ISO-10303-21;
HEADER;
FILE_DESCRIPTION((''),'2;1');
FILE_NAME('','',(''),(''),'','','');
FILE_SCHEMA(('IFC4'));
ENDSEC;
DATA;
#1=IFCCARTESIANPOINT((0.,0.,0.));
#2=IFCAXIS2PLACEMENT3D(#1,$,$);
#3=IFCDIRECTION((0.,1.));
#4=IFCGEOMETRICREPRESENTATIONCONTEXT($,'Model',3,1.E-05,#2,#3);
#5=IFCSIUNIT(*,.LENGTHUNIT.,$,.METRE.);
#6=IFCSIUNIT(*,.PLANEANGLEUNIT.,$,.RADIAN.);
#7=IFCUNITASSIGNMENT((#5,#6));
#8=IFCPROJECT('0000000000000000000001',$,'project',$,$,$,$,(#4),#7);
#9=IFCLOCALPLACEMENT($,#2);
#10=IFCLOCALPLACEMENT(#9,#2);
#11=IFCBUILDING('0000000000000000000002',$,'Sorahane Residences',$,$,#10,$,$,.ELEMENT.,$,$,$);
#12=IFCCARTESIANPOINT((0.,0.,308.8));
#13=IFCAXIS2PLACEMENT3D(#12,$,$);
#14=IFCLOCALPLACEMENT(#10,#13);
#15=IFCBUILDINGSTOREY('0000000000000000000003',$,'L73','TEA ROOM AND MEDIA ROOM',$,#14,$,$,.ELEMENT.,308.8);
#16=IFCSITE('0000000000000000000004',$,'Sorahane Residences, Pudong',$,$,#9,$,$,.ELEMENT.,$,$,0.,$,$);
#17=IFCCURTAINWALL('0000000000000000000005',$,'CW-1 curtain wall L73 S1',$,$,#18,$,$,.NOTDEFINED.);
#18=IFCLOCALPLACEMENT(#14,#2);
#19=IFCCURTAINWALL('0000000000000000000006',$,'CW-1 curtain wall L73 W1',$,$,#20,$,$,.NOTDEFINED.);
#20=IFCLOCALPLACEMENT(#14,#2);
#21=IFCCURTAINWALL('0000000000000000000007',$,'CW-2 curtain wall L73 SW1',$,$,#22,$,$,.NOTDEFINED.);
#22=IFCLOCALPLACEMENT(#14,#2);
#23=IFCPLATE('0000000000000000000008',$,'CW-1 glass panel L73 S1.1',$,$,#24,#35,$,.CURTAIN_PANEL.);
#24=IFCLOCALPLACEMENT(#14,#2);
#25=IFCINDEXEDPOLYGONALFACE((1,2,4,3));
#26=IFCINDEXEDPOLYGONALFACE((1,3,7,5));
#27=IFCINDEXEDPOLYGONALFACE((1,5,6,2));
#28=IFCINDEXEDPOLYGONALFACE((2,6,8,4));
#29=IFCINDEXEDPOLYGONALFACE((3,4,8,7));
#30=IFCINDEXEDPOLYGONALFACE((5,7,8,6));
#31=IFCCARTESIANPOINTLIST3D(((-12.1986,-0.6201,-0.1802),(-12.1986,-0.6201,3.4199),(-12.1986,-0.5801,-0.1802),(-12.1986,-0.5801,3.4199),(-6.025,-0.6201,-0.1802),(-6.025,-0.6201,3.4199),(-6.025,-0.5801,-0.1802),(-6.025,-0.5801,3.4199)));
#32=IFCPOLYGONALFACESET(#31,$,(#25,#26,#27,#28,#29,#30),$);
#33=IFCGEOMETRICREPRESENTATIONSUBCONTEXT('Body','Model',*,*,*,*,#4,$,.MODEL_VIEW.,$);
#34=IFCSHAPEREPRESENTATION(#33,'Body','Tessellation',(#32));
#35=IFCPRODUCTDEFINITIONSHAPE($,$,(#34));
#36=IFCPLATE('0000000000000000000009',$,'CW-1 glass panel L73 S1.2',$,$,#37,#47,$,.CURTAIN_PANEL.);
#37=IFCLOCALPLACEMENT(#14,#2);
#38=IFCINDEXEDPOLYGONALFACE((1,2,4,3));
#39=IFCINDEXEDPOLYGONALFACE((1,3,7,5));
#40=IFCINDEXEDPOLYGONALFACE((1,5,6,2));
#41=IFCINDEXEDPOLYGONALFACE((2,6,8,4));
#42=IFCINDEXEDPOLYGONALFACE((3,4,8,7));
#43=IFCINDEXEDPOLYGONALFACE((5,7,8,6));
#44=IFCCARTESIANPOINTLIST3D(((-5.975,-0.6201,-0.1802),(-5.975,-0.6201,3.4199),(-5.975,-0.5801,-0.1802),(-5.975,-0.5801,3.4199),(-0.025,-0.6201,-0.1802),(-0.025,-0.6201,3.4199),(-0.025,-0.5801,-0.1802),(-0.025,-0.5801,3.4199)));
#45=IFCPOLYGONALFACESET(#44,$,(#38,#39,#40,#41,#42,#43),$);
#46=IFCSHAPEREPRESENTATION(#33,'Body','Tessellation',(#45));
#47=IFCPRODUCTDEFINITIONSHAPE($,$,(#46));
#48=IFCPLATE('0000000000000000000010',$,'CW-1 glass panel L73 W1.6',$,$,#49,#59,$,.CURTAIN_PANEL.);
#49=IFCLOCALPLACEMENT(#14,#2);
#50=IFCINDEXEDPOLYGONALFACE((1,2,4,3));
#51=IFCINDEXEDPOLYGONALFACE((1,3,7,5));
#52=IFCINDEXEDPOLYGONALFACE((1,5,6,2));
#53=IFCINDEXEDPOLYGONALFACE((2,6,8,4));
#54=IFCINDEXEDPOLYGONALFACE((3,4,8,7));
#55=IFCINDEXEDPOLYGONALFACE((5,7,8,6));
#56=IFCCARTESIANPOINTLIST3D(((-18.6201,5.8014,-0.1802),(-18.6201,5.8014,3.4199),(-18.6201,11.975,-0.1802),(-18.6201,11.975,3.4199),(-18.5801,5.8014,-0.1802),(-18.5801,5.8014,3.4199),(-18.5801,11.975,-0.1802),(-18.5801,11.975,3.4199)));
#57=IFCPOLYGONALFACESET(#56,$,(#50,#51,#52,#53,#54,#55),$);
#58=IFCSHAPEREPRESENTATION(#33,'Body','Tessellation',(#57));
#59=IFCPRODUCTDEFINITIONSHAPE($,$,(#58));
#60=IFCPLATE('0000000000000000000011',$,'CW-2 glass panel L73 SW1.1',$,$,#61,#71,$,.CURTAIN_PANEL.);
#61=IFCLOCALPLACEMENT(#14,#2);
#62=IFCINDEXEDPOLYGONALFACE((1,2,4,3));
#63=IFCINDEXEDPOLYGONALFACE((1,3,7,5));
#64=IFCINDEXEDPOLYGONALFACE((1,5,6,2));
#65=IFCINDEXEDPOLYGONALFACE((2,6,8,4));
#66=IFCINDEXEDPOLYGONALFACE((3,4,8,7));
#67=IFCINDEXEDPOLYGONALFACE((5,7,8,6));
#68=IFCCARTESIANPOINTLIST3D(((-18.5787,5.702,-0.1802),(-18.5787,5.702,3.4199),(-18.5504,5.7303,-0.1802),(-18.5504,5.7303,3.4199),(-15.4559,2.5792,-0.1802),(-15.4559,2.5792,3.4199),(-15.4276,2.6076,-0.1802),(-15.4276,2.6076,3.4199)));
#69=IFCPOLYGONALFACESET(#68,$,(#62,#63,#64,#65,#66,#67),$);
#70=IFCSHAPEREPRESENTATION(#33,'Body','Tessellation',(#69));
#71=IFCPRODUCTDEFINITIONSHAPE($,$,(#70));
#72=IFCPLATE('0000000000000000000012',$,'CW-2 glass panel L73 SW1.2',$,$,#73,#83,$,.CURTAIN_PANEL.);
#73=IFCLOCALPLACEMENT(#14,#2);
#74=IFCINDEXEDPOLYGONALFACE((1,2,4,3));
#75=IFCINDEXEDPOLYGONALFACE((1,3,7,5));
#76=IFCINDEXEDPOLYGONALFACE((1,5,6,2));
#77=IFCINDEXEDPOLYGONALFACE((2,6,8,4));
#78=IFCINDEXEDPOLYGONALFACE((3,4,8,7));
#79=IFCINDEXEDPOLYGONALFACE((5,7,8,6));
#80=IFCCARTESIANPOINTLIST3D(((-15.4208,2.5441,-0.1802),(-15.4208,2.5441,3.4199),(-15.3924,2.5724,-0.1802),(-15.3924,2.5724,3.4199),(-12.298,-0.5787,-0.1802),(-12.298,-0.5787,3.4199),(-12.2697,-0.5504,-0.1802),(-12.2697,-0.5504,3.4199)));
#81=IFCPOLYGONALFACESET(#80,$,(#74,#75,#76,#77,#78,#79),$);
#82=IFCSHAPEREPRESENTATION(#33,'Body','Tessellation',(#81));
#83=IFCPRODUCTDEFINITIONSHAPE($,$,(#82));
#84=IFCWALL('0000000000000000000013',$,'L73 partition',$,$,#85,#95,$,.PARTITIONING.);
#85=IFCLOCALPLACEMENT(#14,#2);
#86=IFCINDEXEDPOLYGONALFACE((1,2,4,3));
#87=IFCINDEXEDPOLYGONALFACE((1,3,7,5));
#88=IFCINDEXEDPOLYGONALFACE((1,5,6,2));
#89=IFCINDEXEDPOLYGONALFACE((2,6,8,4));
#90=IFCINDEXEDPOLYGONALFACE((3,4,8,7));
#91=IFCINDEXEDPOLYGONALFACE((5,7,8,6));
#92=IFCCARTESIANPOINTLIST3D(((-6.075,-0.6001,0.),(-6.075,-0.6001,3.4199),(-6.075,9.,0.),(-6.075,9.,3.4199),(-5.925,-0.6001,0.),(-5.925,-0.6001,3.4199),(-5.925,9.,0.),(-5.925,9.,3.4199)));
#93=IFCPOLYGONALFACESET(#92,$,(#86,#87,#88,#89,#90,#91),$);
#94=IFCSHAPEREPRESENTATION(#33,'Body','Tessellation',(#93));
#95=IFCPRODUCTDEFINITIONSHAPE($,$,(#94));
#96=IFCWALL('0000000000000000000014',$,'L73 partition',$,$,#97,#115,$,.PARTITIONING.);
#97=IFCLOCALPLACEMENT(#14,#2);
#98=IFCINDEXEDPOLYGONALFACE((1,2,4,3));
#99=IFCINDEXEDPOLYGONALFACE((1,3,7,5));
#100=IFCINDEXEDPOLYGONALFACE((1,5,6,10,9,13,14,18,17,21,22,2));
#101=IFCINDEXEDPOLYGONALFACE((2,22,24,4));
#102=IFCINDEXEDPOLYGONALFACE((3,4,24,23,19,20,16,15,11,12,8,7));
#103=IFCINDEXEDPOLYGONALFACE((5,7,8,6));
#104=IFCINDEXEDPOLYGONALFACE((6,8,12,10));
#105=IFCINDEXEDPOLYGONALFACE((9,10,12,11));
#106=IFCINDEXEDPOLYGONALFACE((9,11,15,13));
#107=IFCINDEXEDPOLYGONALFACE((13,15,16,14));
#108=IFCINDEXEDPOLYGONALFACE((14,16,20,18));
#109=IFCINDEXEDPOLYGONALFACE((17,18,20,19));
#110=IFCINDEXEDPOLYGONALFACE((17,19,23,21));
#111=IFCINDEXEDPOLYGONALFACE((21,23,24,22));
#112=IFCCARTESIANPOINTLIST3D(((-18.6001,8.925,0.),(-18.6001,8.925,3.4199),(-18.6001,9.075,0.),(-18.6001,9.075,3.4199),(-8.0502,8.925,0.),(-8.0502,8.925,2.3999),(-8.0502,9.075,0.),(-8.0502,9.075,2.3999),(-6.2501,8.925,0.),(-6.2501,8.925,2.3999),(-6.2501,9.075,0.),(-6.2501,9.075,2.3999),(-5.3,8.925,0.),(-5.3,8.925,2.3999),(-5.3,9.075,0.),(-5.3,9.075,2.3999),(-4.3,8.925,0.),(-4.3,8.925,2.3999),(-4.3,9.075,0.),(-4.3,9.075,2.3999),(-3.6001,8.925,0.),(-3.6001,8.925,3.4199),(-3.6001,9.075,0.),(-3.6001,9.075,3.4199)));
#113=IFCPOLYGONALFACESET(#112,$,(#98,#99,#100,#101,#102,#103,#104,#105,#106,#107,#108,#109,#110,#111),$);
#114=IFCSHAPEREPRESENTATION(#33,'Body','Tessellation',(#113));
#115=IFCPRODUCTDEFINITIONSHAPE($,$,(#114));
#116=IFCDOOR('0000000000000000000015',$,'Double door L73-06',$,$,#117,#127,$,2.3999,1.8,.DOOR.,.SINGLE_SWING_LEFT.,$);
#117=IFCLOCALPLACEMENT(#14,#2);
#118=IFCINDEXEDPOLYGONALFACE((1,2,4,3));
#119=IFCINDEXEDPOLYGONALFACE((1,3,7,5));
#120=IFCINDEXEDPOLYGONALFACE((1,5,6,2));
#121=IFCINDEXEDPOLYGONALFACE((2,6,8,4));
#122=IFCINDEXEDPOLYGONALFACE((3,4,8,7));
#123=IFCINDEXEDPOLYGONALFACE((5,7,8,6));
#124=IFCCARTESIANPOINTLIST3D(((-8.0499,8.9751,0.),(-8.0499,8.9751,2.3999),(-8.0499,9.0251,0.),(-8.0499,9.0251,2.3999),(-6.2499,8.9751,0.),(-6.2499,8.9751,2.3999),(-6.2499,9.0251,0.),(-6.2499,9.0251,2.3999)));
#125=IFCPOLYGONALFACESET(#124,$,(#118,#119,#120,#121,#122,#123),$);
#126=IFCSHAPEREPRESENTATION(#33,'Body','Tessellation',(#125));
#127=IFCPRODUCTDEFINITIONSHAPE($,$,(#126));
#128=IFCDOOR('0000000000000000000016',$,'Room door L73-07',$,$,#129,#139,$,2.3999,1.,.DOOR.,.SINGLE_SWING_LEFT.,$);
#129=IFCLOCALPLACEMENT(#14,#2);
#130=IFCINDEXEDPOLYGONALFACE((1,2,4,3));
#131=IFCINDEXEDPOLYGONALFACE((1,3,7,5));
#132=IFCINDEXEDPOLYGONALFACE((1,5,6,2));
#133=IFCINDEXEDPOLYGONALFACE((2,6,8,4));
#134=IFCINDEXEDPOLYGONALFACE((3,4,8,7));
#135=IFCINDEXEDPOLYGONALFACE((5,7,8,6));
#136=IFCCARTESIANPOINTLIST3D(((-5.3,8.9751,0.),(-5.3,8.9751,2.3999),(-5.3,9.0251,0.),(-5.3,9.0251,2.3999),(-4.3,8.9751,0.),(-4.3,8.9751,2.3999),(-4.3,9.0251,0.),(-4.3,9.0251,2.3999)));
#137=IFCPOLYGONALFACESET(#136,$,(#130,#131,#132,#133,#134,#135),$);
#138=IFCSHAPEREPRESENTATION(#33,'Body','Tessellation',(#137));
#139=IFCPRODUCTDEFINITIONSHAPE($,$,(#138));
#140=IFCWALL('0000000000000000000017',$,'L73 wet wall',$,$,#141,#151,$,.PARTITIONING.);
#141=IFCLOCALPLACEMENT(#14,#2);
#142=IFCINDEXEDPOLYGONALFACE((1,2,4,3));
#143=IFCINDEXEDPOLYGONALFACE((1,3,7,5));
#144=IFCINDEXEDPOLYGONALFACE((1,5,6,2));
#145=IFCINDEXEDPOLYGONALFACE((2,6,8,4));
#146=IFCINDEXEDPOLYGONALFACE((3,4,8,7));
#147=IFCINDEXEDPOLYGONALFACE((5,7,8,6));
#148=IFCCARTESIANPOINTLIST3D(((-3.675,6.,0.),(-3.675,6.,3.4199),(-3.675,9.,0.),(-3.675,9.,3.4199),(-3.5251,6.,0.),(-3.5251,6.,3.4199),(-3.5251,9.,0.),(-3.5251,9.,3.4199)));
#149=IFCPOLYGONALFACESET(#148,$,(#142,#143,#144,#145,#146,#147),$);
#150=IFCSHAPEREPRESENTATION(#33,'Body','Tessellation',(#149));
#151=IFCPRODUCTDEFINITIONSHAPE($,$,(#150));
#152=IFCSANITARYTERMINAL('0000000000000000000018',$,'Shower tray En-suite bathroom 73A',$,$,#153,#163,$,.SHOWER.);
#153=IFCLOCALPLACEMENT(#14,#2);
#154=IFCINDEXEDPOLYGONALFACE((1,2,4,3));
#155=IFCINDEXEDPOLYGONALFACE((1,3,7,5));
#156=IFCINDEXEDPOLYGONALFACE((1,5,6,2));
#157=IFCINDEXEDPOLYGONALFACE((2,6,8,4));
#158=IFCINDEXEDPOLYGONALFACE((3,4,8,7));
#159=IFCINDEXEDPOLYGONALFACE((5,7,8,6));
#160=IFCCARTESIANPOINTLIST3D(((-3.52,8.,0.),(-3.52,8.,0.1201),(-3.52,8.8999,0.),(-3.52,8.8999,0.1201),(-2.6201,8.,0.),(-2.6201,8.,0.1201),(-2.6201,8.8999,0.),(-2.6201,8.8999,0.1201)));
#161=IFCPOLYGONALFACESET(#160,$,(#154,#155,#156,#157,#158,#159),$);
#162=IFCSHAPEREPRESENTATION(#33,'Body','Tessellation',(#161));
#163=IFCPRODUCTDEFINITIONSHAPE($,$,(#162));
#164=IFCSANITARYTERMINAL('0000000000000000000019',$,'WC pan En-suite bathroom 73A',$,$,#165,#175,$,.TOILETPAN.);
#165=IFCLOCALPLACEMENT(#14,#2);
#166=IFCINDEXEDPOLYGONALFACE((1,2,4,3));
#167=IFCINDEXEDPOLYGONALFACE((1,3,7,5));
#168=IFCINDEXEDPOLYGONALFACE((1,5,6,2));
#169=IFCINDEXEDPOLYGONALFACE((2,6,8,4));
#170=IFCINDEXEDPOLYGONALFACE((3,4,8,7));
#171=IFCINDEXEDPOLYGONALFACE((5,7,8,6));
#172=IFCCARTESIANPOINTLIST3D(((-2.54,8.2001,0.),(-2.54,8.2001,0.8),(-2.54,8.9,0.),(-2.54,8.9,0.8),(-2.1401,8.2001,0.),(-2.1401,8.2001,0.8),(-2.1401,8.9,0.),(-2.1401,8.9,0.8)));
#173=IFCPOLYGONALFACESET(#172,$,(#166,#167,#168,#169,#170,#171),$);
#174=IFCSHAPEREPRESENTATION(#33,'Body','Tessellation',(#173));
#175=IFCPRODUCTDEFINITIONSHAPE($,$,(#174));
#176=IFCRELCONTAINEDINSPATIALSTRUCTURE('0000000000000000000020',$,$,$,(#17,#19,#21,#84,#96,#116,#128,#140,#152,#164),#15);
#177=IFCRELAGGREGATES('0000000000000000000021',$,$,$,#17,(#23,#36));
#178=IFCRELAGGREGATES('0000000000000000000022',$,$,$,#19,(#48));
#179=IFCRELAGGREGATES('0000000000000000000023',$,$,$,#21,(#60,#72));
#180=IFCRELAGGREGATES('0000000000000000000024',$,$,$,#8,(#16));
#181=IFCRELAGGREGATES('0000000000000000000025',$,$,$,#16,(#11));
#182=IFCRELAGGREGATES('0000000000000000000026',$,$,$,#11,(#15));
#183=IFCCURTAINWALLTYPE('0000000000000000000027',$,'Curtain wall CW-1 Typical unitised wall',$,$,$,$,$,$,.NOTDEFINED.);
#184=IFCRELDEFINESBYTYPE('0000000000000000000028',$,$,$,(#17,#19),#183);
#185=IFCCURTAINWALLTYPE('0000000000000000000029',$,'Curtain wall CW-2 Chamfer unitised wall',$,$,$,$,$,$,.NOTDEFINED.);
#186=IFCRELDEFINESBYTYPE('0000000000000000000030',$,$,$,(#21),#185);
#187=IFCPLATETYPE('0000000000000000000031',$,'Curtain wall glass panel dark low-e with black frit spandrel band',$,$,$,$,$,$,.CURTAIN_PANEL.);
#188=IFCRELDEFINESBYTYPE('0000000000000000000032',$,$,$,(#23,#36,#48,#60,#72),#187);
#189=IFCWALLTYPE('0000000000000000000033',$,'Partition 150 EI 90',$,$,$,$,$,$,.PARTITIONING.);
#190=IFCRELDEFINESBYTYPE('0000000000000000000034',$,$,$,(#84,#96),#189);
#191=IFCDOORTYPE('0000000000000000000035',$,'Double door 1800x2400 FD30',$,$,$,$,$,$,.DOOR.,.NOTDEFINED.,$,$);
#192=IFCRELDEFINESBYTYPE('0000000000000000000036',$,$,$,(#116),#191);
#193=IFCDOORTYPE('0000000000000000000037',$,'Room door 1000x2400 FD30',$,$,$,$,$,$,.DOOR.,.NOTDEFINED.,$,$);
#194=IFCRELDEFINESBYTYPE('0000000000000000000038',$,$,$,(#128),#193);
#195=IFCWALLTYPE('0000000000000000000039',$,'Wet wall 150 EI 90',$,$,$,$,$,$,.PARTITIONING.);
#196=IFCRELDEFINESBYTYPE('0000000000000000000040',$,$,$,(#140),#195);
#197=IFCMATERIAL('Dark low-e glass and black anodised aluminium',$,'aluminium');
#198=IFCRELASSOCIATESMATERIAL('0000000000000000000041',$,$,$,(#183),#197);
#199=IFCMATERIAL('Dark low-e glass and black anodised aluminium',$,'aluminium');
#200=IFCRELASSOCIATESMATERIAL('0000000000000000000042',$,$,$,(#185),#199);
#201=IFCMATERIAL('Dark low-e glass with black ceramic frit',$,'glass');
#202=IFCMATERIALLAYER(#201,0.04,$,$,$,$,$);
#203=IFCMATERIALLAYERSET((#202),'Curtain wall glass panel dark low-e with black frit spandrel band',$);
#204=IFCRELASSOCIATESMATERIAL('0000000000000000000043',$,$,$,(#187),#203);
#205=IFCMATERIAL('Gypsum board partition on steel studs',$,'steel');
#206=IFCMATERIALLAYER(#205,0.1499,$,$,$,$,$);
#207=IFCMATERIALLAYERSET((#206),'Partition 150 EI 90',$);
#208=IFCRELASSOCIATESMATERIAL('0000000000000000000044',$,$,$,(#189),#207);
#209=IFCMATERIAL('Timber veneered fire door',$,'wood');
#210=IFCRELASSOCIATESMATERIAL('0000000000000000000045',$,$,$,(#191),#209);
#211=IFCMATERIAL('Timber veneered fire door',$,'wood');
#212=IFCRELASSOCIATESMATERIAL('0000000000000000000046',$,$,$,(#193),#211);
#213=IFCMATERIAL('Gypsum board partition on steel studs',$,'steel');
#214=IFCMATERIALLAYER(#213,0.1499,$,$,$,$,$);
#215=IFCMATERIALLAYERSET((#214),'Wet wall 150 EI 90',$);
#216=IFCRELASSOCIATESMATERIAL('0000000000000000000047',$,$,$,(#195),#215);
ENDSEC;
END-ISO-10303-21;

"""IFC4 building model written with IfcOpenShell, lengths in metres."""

from ifc_helpers import new_model, si_unit, direction, frame, frame_2d, origin, origin_2d, place, context, subcontext, project, spatial, rectangle, extrude, material, layer, layer_set, type_object, element, fill, aggregate, save


model = new_model("IFC4")

# Units and contexts
model_context = context("Model", 3, precision=1e-05, world=origin(), true_north=direction((0.0, 1.0)))
body_context = subcontext(model_context, "Body", "Model", "MODEL_VIEW")
ifc_project = project(units=[si_unit("LENGTHUNIT", "METRE"), si_unit("PLANEANGLEUNIT", "RADIAN")], contexts=[model_context])

# Site, building, storey
site_placement = place(None, origin())
site = spatial("IfcSite", under=ifc_project, at=site_placement, Name="Sorahane Residences, Pudong", CompositionType="ELEMENT", RefElevation=0.0)
building_placement = place(site_placement, origin())
building = spatial("IfcBuilding", under=site, at=building_placement, Name="Sorahane Residences", CompositionType="ELEMENT")
storey_placement = place(building_placement, frame((0.0, 0.0, 308.8)))
storey = spatial("IfcBuildingStorey", under=building, at=storey_placement, Name="L73", Description="TEA ROOM AND MEDIA ROOM", CompositionType="ELEMENT", Elevation=308.8)

# Curtain walls
ifc_material_1 = material(Name="Dark low-e glass and black anodised aluminium", Category="aluminium")
curtain_wall_type_1 = type_object("IfcCurtainWallType", Name="Curtain wall CW-1 Typical unitised wall", PredefinedType="NOTDEFINED", material=ifc_material_1)
curtain_wall_1_placement = place(storey_placement, origin())
curtain_wall_1 = element("IfcCurtainWall", 1, at=curtain_wall_1_placement, inside=storey, type_object=curtain_wall_type_1, Name="CW-1 curtain wall L73 S1", PredefinedType="NOTDEFINED")
curtain_wall_2_placement = place(storey_placement, origin())
curtain_wall_2 = element("IfcCurtainWall", 2, at=curtain_wall_2_placement, inside=storey, type_object=curtain_wall_type_1, Name="CW-1 curtain wall L73 W1", PredefinedType="NOTDEFINED")

# Curtain wall
ifc_material_2 = material(Name="Dark low-e glass and black anodised aluminium", Category="aluminium")
curtain_wall_type_2 = type_object("IfcCurtainWallType", Name="Curtain wall CW-2 Chamfer unitised wall", PredefinedType="NOTDEFINED", material=ifc_material_2)
curtain_wall_3_placement = place(storey_placement, origin())
curtain_wall_3 = element("IfcCurtainWall", 3, at=curtain_wall_3_placement, inside=storey, type_object=curtain_wall_type_2, Name="CW-2 curtain wall L73 SW1", PredefinedType="NOTDEFINED")

# Plates
ifc_material_3 = material(Name="Dark low-e glass with black ceramic frit", Category="glass")
ifc_layer_1 = layer(ifc_material_3, 0.04)
ifc_layer_set_1 = layer_set([ifc_layer_1], Name="Curtain wall glass panel dark low-e with black frit spandrel band")
plate_type = type_object("IfcPlateType", Name="Curtain wall glass panel dark low-e with black frit spandrel band", PredefinedType="CURTAIN_PANEL", material=ifc_layer_set_1)
plate_1_placement = place(storey_placement, frame((-9.1118, -0.6001, -0.1802), z_axis=(0.0, 0.0, 1.0), x_axis=(1.0, 0.0, 0.0)))
plate_1 = element("IfcPlate", 4, at=plate_1_placement, type_object=plate_type, Name="CW-1 glass panel L73 S1.1", PredefinedType="CURTAIN_PANEL", context=body_context, shape_type="SweptSolid", body=[
    extrude(rectangle(XDim=6.1736, YDim=0.04, at=origin_2d()), origin(), (0.0, 0.0, 1.0), 3.6001),
])
plate_2_placement = place(storey_placement, frame((-3.0, -0.6001, -0.1802), z_axis=(0.0, 0.0, 1.0), x_axis=(1.0, 0.0, 0.0)))
plate_2 = element("IfcPlate", 5, at=plate_2_placement, type_object=plate_type, Name="CW-1 glass panel L73 S1.2", PredefinedType="CURTAIN_PANEL", context=body_context, shape_type="SweptSolid", body=[
    extrude(rectangle(XDim=5.95, YDim=0.04, at=origin_2d()), origin(), (0.0, 0.0, 1.0), 3.6001),
])
aggregate(curtain_wall_1, [plate_1, plate_2])
plate_3_placement = place(storey_placement, frame((-18.6001, 8.8882, -0.1802), z_axis=(0.0, 0.0, 1.0), x_axis=(0.0, -1.0, 0.0)))
plate_3 = element("IfcPlate", 6, at=plate_3_placement, type_object=plate_type, Name="CW-1 glass panel L73 W1.6", PredefinedType="CURTAIN_PANEL", context=body_context, shape_type="SweptSolid", body=[
    extrude(rectangle(XDim=6.1736, YDim=0.04, at=origin_2d()), origin(), (0.0, 0.0, 1.0), 3.6001),
])
aggregate(curtain_wall_2, [plate_3])
plate_4_placement = place(storey_placement, frame((-17.0032, 4.1548, -0.1802), z_axis=(0.0, 0.0, 1.0), x_axis=(0.707107, -0.707107, 0.0)))
plate_4 = element("IfcPlate", 7, at=plate_4_placement, type_object=plate_type, Name="CW-2 glass panel L73 SW1.1", PredefinedType="CURTAIN_PANEL", context=body_context, shape_type="SweptSolid", body=[
    extrude(rectangle(XDim=4.4163, YDim=0.04, at=origin_2d()), origin(), (0.0, 0.0, 1.0), 3.6001),
])
plate_5_placement = place(storey_placement, frame((-13.8452, 0.9968, -0.1802), z_axis=(0.0, 0.0, 1.0), x_axis=(0.707107, -0.707107, 0.0)))
plate_5 = element("IfcPlate", 8, at=plate_5_placement, type_object=plate_type, Name="CW-2 glass panel L73 SW1.2", PredefinedType="CURTAIN_PANEL", context=body_context, shape_type="SweptSolid", body=[
    extrude(rectangle(XDim=4.4163, YDim=0.04, at=origin_2d()), origin(), (0.0, 0.0, 1.0), 3.6001),
])
aggregate(curtain_wall_3, [plate_4, plate_5])

# Wall
ifc_material_4 = material(Name="Gypsum board partition on steel studs", Category="steel")
ifc_layer_2 = layer(ifc_material_4, 0.1499)
ifc_layer_set_2 = layer_set([ifc_layer_2], Name="Partition 150 EI 90")
wall_type_1 = type_object("IfcWallType", Name="Partition 150 EI 90", PredefinedType="PARTITIONING", material=ifc_layer_set_2)
wall_1_placement = place(storey_placement, frame((-6.0, -0.6001, 0.0), z_axis=(0.0, 0.0, 1.0), x_axis=(0.0, 1.0, 0.0)))
element("IfcWall", 9, at=wall_1_placement, inside=storey, type_object=wall_type_1, Name="L73 partition", PredefinedType="PARTITIONING", context=body_context, shape_type="SweptSolid", body=[
    extrude(rectangle(XDim=9.6001, YDim=0.1499, at=frame_2d((4.8, 0.0))), origin(), (0.0, 0.0, 1.0), 3.4199),
])

# Wall, openings, doors
ifc_material_5 = material(Name="Timber veneered fire door", Category="wood")
door_type_1 = type_object("IfcDoorType", Name="Double door 1800x2400 FD30", OperationType="NOTDEFINED", PredefinedType="DOOR", material=ifc_material_5)
ifc_material_6 = material(Name="Timber veneered fire door", Category="wood")
door_type_2 = type_object("IfcDoorType", Name="Room door 1000x2400 FD30", OperationType="NOTDEFINED", PredefinedType="DOOR", material=ifc_material_6)
wall_2_placement = place(storey_placement, frame((-18.6001, 9.0, 0.0), z_axis=(0.0, 0.0, 1.0), x_axis=(1.0, 0.0, 0.0)))
wall_2 = element("IfcWall", 10, at=wall_2_placement, inside=storey, type_object=wall_type_1, Name="L73 partition", PredefinedType="PARTITIONING", context=body_context, shape_type="SweptSolid", body=[
    extrude(rectangle(XDim=15.0, YDim=0.1499, at=frame_2d((7.5, 0.0))), origin(), (0.0, 0.0, 1.0), 3.4199),
])
opening_1_placement = place(wall_2_placement, frame((10.55, 0.0, 0.0)))
opening_1 = element("IfcOpeningElement", 11, at=opening_1_placement, cuts=wall_2, PredefinedType="OPENING", context=body_context, shape_type="SweptSolid", body=[
    extrude(rectangle(XDim=1.8, YDim=2.3999, at=frame_2d((0.8999, 1.2))), frame((0.0, 0.085, 0.0), z_axis=(0.0, -1.0, 0.0), x_axis=(1.0, 0.0, 0.0)), (0.0, 0.0, 1.0), 0.1699),
])
opening_2_placement = place(wall_2_placement, frame((13.3, 0.0, 0.0)))
opening_2 = element("IfcOpeningElement", 12, at=opening_2_placement, cuts=wall_2, PredefinedType="OPENING", context=body_context, shape_type="SweptSolid", body=[
    extrude(rectangle(XDim=1.0, YDim=2.3999, at=frame_2d((0.5, 1.2))), frame((0.0, 0.085, 0.0), z_axis=(0.0, -1.0, 0.0), x_axis=(1.0, 0.0, 0.0)), (0.0, 0.0, 1.0), 0.1699),
])
door_1_placement = place(opening_1_placement, frame((1.8, 0.0, 0.0), z_axis=(0.0, 0.0, 1.0), x_axis=(-1.0, 0.0, 0.0)))
door_1 = element("IfcDoor", 13, at=door_1_placement, inside=storey, type_object=door_type_1, Name="Double door L73-06", OperationType="SINGLE_SWING_LEFT", OverallHeight=2.3999, OverallWidth=1.8, PredefinedType="DOOR", context=body_context, shape_type="SweptSolid", body=[
    extrude(rectangle(XDim=1.8, YDim=2.3999, at=frame_2d((0.8999, 1.2))), frame((0.0, 0.0249, 0.0), z_axis=(0.0, -1.0, 0.0), x_axis=(1.0, 0.0, 0.0)), (0.0, 0.0, 1.0), 0.05),
])
fill(opening_1, door_1)
door_2_placement = place(opening_2_placement, frame((1.0, 0.0, 0.0), z_axis=(0.0, 0.0, 1.0), x_axis=(-1.0, 0.0, 0.0)))
door_2 = element("IfcDoor", 14, at=door_2_placement, inside=storey, type_object=door_type_2, Name="Room door L73-07", OperationType="SINGLE_SWING_LEFT", OverallHeight=2.3999, OverallWidth=1.0, PredefinedType="DOOR", context=body_context, shape_type="SweptSolid", body=[
    extrude(rectangle(XDim=1.0, YDim=2.3999, at=frame_2d((0.5, 1.2))), frame((0.0, 0.0249, 0.0), z_axis=(0.0, -1.0, 0.0), x_axis=(1.0, 0.0, 0.0)), (0.0, 0.0, 1.0), 0.05),
])
fill(opening_2, door_2)

# Wall
ifc_material_7 = material(Name="Gypsum board partition on steel studs", Category="steel")
ifc_layer_3 = layer(ifc_material_7, 0.1499)
ifc_layer_set_3 = layer_set([ifc_layer_3], Name="Wet wall 150 EI 90")
wall_type_2 = type_object("IfcWallType", Name="Wet wall 150 EI 90", PredefinedType="PARTITIONING", material=ifc_layer_set_3)
wall_3_placement = place(storey_placement, frame((-3.6001, 6.0, 0.0), z_axis=(0.0, 0.0, 1.0), x_axis=(0.0, 1.0, 0.0)))
element("IfcWall", 15, at=wall_3_placement, inside=storey, type_object=wall_type_2, Name="L73 wet wall", PredefinedType="PARTITIONING", context=body_context, shape_type="SweptSolid", body=[
    extrude(rectangle(XDim=3.0, YDim=0.1499, at=frame_2d((1.5, 0.0))), origin(), (0.0, 0.0, 1.0), 3.4199),
])

# Sanitary terminals
sanitary_terminal_1_placement = place(storey_placement, frame((-3.0701, 8.45, 0.0), z_axis=(0.0, 0.0, 1.0), x_axis=(1.0, 0.0, 0.0)))
element("IfcSanitaryTerminal", 16, at=sanitary_terminal_1_placement, inside=storey, Name="Shower tray En-suite bathroom 73A", PredefinedType="SHOWER", context=body_context, shape_type="SweptSolid", body=[
    extrude(rectangle(XDim=0.8999, YDim=0.8999, at=origin_2d()), origin(), (0.0, 0.0, 1.0), 0.1201),
])
sanitary_terminal_2_placement = place(storey_placement, frame((-2.3401, 8.55, 0.0), z_axis=(0.0, 0.0, 1.0), x_axis=(1.0, 0.0, 0.0)))
element("IfcSanitaryTerminal", 17, at=sanitary_terminal_2_placement, inside=storey, Name="WC pan En-suite bathroom 73A", PredefinedType="TOILETPAN", context=body_context, shape_type="SweptSolid", body=[
    extrude(rectangle(XDim=0.3999, YDim=0.7, at=origin_2d()), origin(), (0.0, 0.0, 1.0), 0.8),
])

save(model, "model.ifc")
